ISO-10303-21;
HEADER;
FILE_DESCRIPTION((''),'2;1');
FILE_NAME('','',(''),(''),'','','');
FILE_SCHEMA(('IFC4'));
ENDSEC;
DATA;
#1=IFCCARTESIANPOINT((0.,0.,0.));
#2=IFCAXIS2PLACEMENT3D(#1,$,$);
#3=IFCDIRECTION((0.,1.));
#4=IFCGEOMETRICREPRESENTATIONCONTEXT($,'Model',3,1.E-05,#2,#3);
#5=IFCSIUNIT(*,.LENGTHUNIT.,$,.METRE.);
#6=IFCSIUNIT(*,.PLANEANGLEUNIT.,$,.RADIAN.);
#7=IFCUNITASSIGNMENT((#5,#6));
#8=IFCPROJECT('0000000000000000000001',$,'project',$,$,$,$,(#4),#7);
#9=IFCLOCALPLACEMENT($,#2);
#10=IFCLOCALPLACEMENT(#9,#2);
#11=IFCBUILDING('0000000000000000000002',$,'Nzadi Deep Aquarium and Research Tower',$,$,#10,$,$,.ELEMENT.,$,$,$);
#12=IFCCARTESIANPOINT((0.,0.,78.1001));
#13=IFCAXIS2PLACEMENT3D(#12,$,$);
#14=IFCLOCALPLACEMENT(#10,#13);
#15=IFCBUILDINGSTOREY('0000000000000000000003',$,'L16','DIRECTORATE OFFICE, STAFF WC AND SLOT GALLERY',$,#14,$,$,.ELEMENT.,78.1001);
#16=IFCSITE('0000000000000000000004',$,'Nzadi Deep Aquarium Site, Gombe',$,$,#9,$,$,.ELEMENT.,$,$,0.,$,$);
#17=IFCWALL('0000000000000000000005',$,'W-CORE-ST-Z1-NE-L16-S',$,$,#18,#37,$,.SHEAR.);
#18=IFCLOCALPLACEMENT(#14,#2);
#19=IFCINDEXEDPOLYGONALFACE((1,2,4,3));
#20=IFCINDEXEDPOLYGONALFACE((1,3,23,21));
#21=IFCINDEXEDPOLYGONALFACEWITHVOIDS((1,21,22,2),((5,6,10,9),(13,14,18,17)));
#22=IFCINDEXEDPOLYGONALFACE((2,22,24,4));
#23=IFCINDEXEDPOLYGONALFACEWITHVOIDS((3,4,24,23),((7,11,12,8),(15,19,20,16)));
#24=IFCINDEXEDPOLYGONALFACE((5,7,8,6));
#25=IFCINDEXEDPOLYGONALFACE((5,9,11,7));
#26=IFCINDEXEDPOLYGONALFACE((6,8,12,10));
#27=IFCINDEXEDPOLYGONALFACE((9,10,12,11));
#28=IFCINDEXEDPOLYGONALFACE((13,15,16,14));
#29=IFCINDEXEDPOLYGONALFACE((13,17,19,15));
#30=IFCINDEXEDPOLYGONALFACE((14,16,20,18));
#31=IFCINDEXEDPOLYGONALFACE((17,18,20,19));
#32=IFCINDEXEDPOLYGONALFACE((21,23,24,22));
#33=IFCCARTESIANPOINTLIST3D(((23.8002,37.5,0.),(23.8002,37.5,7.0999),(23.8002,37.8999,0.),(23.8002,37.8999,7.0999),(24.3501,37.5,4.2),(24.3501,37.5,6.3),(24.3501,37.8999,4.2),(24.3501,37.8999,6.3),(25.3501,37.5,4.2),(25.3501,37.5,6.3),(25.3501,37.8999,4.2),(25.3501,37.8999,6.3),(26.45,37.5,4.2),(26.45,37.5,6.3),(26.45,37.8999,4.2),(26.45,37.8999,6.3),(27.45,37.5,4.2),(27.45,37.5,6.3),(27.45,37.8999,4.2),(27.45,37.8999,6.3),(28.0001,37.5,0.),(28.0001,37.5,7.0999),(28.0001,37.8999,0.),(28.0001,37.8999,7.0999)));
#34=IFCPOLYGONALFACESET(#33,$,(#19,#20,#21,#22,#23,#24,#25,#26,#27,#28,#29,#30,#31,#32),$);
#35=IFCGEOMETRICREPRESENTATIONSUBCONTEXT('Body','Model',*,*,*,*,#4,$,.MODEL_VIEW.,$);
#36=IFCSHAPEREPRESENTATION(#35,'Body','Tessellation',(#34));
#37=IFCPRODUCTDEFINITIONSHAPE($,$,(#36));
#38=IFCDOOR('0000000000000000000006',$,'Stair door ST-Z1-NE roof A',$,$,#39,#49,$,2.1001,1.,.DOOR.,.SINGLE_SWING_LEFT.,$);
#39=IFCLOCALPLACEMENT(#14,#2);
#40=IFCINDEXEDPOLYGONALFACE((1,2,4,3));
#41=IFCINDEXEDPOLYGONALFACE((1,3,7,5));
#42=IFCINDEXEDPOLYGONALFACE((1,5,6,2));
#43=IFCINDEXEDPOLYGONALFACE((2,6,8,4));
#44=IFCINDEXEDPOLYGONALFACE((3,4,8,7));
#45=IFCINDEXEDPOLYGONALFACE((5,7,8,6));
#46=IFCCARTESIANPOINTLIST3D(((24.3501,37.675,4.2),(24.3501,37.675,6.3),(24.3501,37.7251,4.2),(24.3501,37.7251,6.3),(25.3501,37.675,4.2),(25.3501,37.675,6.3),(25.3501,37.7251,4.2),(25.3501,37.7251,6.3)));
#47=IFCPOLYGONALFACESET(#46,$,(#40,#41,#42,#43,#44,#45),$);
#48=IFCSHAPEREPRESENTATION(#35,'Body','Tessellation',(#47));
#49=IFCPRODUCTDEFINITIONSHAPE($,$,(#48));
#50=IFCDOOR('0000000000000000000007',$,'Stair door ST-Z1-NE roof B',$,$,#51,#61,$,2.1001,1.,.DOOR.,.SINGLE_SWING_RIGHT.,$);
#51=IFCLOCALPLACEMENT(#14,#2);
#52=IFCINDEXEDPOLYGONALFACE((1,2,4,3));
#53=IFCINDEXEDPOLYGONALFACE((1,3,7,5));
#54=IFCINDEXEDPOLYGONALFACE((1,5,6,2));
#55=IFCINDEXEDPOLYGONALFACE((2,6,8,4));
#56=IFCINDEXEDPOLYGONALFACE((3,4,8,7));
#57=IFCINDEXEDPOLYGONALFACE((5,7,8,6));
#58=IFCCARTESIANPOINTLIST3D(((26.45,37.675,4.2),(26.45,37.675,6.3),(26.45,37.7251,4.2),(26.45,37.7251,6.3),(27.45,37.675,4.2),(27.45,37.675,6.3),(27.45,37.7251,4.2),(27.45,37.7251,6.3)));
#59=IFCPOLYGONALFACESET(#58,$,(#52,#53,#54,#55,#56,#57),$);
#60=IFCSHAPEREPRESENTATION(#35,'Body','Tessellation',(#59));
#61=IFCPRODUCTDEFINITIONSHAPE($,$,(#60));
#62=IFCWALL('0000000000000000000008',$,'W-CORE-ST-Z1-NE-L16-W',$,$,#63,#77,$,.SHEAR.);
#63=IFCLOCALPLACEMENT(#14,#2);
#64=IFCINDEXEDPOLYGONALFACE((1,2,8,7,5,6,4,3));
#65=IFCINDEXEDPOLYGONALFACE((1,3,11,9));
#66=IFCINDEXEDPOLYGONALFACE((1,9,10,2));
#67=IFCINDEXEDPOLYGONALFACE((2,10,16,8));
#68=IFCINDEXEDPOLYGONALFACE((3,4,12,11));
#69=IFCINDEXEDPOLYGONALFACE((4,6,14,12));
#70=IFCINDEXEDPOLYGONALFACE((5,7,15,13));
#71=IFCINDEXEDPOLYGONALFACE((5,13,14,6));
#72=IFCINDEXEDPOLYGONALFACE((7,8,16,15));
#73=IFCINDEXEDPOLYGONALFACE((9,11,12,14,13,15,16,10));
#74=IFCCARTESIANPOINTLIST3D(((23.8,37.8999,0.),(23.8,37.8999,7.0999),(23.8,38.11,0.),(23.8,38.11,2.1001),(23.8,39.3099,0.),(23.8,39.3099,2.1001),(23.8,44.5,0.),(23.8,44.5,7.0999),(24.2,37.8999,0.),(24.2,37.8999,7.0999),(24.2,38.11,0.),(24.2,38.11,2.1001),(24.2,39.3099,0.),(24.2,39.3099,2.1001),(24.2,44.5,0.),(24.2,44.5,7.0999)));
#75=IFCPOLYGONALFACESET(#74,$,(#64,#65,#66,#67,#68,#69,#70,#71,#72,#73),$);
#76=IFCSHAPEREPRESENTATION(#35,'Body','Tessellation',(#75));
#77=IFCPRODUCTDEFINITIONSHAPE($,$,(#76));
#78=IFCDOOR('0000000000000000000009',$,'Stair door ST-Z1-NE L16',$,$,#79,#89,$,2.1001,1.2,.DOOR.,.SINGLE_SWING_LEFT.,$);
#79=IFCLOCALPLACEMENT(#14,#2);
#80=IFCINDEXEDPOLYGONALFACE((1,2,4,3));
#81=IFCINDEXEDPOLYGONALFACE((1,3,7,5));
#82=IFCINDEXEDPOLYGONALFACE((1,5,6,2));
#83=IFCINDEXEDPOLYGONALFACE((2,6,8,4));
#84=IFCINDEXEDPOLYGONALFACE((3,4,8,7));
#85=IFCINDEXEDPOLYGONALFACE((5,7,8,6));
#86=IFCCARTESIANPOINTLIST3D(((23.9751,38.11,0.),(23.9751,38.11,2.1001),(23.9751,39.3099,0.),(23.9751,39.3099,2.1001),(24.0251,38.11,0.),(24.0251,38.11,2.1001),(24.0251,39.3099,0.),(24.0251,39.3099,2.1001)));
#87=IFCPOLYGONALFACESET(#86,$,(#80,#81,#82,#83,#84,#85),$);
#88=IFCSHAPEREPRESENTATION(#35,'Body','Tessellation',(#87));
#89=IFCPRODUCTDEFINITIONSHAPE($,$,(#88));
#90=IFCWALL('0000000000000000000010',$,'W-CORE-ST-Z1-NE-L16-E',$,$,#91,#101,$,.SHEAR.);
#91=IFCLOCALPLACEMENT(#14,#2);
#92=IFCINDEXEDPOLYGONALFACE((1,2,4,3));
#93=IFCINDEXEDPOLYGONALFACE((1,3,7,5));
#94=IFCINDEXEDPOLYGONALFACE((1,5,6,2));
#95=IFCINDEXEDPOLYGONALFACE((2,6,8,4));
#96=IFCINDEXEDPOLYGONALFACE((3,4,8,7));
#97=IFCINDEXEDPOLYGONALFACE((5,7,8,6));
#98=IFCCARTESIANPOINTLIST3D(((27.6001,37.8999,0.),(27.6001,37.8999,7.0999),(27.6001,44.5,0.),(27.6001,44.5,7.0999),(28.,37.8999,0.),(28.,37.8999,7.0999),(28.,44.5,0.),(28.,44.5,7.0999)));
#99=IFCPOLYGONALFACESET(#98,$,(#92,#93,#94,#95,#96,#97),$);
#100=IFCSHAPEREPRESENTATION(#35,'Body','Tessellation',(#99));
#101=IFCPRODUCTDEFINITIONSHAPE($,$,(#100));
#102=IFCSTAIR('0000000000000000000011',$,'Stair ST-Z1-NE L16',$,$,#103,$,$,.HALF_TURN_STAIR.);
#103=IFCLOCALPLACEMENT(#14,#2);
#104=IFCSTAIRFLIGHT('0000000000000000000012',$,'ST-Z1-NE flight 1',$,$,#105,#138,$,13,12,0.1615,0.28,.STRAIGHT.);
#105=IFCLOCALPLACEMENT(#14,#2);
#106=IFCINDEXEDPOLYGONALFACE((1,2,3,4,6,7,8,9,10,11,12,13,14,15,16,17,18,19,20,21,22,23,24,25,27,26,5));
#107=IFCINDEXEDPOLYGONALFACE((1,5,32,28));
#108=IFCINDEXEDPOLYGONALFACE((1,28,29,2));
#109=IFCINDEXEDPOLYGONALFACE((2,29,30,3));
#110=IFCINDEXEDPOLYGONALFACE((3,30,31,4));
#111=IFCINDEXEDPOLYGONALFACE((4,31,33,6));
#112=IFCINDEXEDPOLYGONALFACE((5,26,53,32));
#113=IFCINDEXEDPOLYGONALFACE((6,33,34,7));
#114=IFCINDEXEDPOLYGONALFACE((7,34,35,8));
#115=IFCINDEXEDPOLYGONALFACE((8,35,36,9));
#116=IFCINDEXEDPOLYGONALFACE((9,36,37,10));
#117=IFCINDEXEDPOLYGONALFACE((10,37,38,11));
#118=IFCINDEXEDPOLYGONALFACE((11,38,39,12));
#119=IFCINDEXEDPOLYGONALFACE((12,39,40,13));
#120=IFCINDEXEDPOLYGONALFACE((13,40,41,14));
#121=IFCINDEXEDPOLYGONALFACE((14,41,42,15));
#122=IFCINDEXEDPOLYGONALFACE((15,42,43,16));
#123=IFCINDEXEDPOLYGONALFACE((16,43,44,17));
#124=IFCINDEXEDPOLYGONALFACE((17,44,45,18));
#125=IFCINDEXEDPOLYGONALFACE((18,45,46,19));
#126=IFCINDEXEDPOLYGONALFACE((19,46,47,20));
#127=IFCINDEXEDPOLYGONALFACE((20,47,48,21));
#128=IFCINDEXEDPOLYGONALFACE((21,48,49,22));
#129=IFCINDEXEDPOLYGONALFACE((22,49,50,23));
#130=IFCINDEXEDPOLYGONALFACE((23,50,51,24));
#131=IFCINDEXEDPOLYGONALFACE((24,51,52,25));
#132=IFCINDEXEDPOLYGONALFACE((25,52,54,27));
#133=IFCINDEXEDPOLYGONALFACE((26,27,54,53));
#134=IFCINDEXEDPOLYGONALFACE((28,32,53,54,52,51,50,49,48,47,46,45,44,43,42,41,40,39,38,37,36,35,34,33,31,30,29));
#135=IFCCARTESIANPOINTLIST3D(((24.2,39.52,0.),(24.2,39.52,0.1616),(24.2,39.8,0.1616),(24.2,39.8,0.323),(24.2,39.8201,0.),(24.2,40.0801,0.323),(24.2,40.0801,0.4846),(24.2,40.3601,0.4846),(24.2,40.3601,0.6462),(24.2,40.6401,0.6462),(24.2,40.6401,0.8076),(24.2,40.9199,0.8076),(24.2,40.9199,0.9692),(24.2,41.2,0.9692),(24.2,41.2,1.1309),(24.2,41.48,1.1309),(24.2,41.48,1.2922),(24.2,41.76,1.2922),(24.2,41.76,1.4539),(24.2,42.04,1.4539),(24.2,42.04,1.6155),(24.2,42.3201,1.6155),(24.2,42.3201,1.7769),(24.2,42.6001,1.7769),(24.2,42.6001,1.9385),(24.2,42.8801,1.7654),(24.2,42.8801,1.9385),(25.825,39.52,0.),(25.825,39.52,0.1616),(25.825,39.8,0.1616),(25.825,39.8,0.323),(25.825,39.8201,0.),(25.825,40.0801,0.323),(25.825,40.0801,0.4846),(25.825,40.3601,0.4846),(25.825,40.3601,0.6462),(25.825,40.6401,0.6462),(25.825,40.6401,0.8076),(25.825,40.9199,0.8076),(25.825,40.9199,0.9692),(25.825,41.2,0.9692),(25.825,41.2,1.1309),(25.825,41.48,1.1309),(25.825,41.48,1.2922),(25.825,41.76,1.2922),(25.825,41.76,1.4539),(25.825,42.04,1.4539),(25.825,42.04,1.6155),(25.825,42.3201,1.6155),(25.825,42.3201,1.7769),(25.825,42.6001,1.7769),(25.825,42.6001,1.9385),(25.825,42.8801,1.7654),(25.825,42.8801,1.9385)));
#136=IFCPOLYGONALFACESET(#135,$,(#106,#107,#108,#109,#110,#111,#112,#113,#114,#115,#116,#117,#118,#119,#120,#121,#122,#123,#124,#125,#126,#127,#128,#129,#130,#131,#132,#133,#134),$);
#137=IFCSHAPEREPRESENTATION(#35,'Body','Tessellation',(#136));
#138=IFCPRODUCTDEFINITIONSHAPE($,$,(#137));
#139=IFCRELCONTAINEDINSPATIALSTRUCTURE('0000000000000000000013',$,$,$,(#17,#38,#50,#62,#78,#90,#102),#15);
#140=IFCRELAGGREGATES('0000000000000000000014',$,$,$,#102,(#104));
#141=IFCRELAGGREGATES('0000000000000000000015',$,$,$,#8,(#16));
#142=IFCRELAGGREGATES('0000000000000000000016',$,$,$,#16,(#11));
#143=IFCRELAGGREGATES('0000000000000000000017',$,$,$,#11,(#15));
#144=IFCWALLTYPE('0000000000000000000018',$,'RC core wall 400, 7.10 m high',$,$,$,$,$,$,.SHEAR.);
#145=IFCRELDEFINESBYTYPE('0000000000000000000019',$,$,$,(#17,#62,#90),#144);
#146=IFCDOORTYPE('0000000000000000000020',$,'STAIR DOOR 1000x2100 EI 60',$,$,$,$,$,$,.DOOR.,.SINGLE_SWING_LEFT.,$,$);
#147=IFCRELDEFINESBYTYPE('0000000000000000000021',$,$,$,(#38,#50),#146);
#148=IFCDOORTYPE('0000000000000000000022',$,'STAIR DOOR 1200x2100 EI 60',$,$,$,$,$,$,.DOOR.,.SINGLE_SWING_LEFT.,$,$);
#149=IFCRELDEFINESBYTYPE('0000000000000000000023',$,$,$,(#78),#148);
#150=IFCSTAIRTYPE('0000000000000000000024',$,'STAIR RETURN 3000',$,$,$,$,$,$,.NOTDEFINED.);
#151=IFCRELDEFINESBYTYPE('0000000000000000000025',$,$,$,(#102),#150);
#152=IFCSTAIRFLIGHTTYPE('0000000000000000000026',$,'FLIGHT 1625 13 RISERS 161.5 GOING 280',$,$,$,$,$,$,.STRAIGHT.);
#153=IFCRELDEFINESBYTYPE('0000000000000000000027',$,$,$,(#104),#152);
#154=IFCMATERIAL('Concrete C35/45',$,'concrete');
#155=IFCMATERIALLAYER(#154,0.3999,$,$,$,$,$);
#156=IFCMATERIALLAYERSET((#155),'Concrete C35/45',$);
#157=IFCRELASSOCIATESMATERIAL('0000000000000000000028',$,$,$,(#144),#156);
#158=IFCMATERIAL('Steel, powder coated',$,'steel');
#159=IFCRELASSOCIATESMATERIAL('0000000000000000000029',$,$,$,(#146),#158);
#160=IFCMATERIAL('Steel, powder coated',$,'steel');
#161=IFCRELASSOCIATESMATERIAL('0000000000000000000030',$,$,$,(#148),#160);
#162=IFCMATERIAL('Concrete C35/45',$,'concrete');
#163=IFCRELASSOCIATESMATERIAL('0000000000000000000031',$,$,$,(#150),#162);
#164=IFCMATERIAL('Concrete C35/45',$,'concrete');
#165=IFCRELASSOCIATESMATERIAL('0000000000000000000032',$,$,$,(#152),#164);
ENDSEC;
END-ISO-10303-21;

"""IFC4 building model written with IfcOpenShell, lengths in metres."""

from ifc_helpers import new_model, si_unit, direction, frame, frame_2d, origin, place, context, subcontext, project, spatial, polyline, rectangle, outline, extrude, material, layer, layer_set, type_object, element, fill, aggregate, save


model = new_model("IFC4")

# Units and contexts
model_context = context("Model", 3, precision=1e-05, world=origin(), true_north=direction((0.0, 1.0)))
body_context = subcontext(model_context, "Body", "Model", "MODEL_VIEW")
ifc_project = project(units=[si_unit("LENGTHUNIT", "METRE"), si_unit("PLANEANGLEUNIT", "RADIAN")], contexts=[model_context])

# Site, building, storey
site_placement = place(None, origin())
site = spatial("IfcSite", under=ifc_project, at=site_placement, Name="Nzadi Deep Aquarium Site, Gombe", CompositionType="ELEMENT", RefElevation=0.0)
building_placement = place(site_placement, origin())
building = spatial("IfcBuilding", under=site, at=building_placement, Name="Nzadi Deep Aquarium and Research Tower", CompositionType="ELEMENT")
storey_placement = place(building_placement, frame((0.0, 0.0, 78.1001)))
storey = spatial("IfcBuildingStorey", under=building, at=storey_placement, Name="L16", Description="DIRECTORATE OFFICE, STAFF WC AND SLOT GALLERY", CompositionType="ELEMENT", Elevation=78.1001)

# Wall, openings, doors
ifc_material_1 = material(Name="Concrete C35/45", Category="concrete")
ifc_layer_1 = layer(ifc_material_1, 0.3999)
ifc_layer_set_1 = layer_set([ifc_layer_1], Name="Concrete C35/45")
wall_type_1 = type_object("IfcWallType", Name="RC core wall 400, 7.10 m high", PredefinedType="SHEAR", material=ifc_layer_set_1)
wall_1_placement = place(storey_placement, frame((23.8, 37.7, 0.0), z_axis=(0.0, 0.0, 1.0), x_axis=(1.0, 0.0, 0.0)))
wall_1 = element("IfcWall", 1, at=wall_1_placement, inside=storey, type_object=wall_type_1, Name="W-CORE-ST-Z1-NE-L16-S", PredefinedType="SHEAR", context=body_context, shape_type="SweptSolid", body=[
    extrude(rectangle(XDim=4.2, YDim=0.3999, at=frame_2d((2.1001, 0.0))), origin(), (0.0, 0.0, 1.0), 7.0999),
])
opening_1_placement = place(wall_1_placement, frame((0.55, 0.0, 4.2)))
opening_1 = element("IfcOpeningElement", 2, at=opening_1_placement, cuts=wall_1, PredefinedType="OPENING", context=body_context, shape_type="SweptSolid", body=[
    extrude(rectangle(XDim=1.0, YDim=2.1001, at=frame_2d((0.5, 1.05))), frame((0.0, 0.21, 0.0), z_axis=(0.0, -1.0, 0.0), x_axis=(1.0, 0.0, 0.0)), (0.0, 0.0, 1.0), 0.4199),
])
opening_2_placement = place(wall_1_placement, frame((2.6499, 0.0, 4.2)))
opening_2 = element("IfcOpeningElement", 3, at=opening_2_placement, cuts=wall_1, PredefinedType="OPENING", context=body_context, shape_type="SweptSolid", body=[
    extrude(rectangle(XDim=1.0, YDim=2.1001, at=frame_2d((0.5, 1.05))), frame((0.0, 0.21, 0.0), z_axis=(0.0, -1.0, 0.0), x_axis=(1.0, 0.0, 0.0)), (0.0, 0.0, 1.0), 0.4199),
])
ifc_material_2 = material(Name="Steel, powder coated", Category="steel")
door_type_1 = type_object("IfcDoorType", Name="STAIR DOOR 1000x2100 EI 60", OperationType="SINGLE_SWING_LEFT", PredefinedType="DOOR", material=ifc_material_2)
door_1_placement = place(opening_1_placement, frame((1.0, 0.0, 0.0), z_axis=(0.0, 0.0, 1.0), x_axis=(-1.0, 0.0, 0.0)))
door_1 = element("IfcDoor", 4, at=door_1_placement, inside=storey, type_object=door_type_1, Name="Stair door ST-Z1-NE roof A", OperationType="SINGLE_SWING_LEFT", OverallHeight=2.1001, OverallWidth=1.0, PredefinedType="DOOR", context=body_context, shape_type="SweptSolid", body=[
    extrude(rectangle(XDim=1.0, YDim=2.1001, at=frame_2d((0.5, 1.05))), frame((0.0, 0.0249, 0.0), z_axis=(0.0, -1.0, 0.0), x_axis=(1.0, 0.0, 0.0)), (0.0, 0.0, 1.0), 0.05),
])
fill(opening_1, door_1)
door_2_placement = place(opening_2_placement, frame((1.0, 0.0, 0.0), z_axis=(0.0, 0.0, 1.0), x_axis=(-1.0, 0.0, 0.0)))
door_2 = element("IfcDoor", 5, at=door_2_placement, inside=storey, type_object=door_type_1, Name="Stair door ST-Z1-NE roof B", OperationType="SINGLE_SWING_RIGHT", OverallHeight=2.1001, OverallWidth=1.0, PredefinedType="DOOR", context=body_context, shape_type="SweptSolid", body=[
    extrude(rectangle(XDim=1.0, YDim=2.1001, at=frame_2d((0.5, 1.05))), frame((0.0, 0.0249, 0.0), z_axis=(0.0, -1.0, 0.0), x_axis=(1.0, 0.0, 0.0)), (0.0, 0.0, 1.0), 0.05),
])
fill(opening_2, door_2)

# Wall, opening, door
wall_2_placement = place(storey_placement, frame((24.0, 37.8999, 0.0), z_axis=(0.0, 0.0, 1.0), x_axis=(0.0, 1.0, 0.0)))
wall_2 = element("IfcWall", 6, at=wall_2_placement, inside=storey, type_object=wall_type_1, Name="W-CORE-ST-Z1-NE-L16-W", PredefinedType="SHEAR", context=body_context, shape_type="SweptSolid", body=[
    extrude(rectangle(XDim=6.6001, YDim=0.3999, at=frame_2d((3.3, 0.0))), origin(), (0.0, 0.0, 1.0), 7.0999),
])
opening_3_placement = place(wall_2_placement, frame((0.21, 0.0, 0.0)))
opening_3 = element("IfcOpeningElement", 7, at=opening_3_placement, cuts=wall_2, PredefinedType="OPENING", context=body_context, shape_type="SweptSolid", body=[
    extrude(rectangle(XDim=1.2, YDim=2.1001, at=frame_2d((0.6001, 1.05))), frame((0.0, 0.21, 0.0), z_axis=(0.0, -1.0, 0.0), x_axis=(1.0, 0.0, 0.0)), (0.0, 0.0, 1.0), 0.4199),
])
ifc_material_3 = material(Name="Steel, powder coated", Category="steel")
door_type_2 = type_object("IfcDoorType", Name="STAIR DOOR 1200x2100 EI 60", OperationType="SINGLE_SWING_LEFT", PredefinedType="DOOR", material=ifc_material_3)
door_3_placement = place(opening_3_placement, origin())
door_3 = element("IfcDoor", 8, at=door_3_placement, inside=storey, type_object=door_type_2, Name="Stair door ST-Z1-NE L16", OperationType="SINGLE_SWING_LEFT", OverallHeight=2.1001, OverallWidth=1.2, PredefinedType="DOOR", context=body_context, shape_type="SweptSolid", body=[
    extrude(rectangle(XDim=1.2, YDim=2.1001, at=frame_2d((0.6001, 1.05))), frame((0.0, 0.0249, 0.0), z_axis=(0.0, -1.0, 0.0), x_axis=(1.0, 0.0, 0.0)), (0.0, 0.0, 1.0), 0.05),
])
fill(opening_3, door_3)

# Wall
wall_3_placement = place(storey_placement, frame((27.8, 37.8999, 0.0), z_axis=(0.0, 0.0, 1.0), x_axis=(0.0, 1.0, 0.0)))
element("IfcWall", 9, at=wall_3_placement, inside=storey, type_object=wall_type_1, Name="W-CORE-ST-Z1-NE-L16-E", PredefinedType="SHEAR", context=body_context, shape_type="SweptSolid", body=[
    extrude(rectangle(XDim=6.6001, YDim=0.3999, at=frame_2d((3.3, 0.0))), origin(), (0.0, 0.0, 1.0), 7.0999),
])

# Stair, stair flight
ifc_material_4 = material(Name="Concrete C35/45", Category="concrete")
stair_type = type_object("IfcStairType", Name="STAIR RETURN 3000", PredefinedType="NOTDEFINED", material=ifc_material_4)
stair_placement = place(storey_placement, origin())
stair = element("IfcStair", 10, at=stair_placement, inside=storey, type_object=stair_type, Name="Stair ST-Z1-NE L16", PredefinedType="HALF_TURN_STAIR")
ifc_material_5 = material(Name="Concrete C35/45", Category="concrete")
stair_flight_type = type_object("IfcStairFlightType", Name="FLIGHT 1625 13 RISERS 161.5 GOING 280", PredefinedType="STRAIGHT", material=ifc_material_5)
stair_flight_placement = place(storey_placement, frame((25.0125, 39.52, 0.0), z_axis=(0.0, 0.0, 1.0), x_axis=(0.0, 1.0, 0.0)))
stair_flight = element("IfcStairFlight", 11, at=stair_flight_placement, type_object=stair_flight_type, Name="ST-Z1-NE flight 1", NumberOfRisers=13, NumberOfTreads=12, PredefinedType="STRAIGHT", RiserHeight=0.1615, TreadLength=0.28, context=body_context, shape_type="SweptSolid", body=[
    extrude(outline(polyline([(0.0, 0.0), (0.0, 0.1616), (0.28, 0.1616), (0.28, 0.323), (0.5601, 0.323), (0.5601, 0.4846), (0.8401, 0.4846), (0.8401, 0.6462), (1.1201, 0.6462), (1.1201, 0.8076), (1.3999, 0.8076), (1.3999, 0.9692), (1.6799, 0.9692), (1.6799, 1.1309), (1.96, 1.1309), (1.96, 1.2922), (2.24, 1.2922), (2.24, 1.4539), (2.52, 1.4539), (2.52, 1.6155), (2.8, 1.6155), (2.8, 1.7769), (3.0801, 1.7769), (3.0801, 1.9385), (3.3601, 1.9385), (3.3601, 2.1001), (3.3601, 1.7654), (0.3, 0.0), (0.0, 0.0)])), frame((0.0, 0.8125, 0.0), z_axis=(0.0, -1.0, 0.0), x_axis=(1.0, 0.0, 0.0)), (0.0, 0.0, 1.0), 1.625),
])
aggregate(stair, [stair_flight])

save(model, "model.ifc")
